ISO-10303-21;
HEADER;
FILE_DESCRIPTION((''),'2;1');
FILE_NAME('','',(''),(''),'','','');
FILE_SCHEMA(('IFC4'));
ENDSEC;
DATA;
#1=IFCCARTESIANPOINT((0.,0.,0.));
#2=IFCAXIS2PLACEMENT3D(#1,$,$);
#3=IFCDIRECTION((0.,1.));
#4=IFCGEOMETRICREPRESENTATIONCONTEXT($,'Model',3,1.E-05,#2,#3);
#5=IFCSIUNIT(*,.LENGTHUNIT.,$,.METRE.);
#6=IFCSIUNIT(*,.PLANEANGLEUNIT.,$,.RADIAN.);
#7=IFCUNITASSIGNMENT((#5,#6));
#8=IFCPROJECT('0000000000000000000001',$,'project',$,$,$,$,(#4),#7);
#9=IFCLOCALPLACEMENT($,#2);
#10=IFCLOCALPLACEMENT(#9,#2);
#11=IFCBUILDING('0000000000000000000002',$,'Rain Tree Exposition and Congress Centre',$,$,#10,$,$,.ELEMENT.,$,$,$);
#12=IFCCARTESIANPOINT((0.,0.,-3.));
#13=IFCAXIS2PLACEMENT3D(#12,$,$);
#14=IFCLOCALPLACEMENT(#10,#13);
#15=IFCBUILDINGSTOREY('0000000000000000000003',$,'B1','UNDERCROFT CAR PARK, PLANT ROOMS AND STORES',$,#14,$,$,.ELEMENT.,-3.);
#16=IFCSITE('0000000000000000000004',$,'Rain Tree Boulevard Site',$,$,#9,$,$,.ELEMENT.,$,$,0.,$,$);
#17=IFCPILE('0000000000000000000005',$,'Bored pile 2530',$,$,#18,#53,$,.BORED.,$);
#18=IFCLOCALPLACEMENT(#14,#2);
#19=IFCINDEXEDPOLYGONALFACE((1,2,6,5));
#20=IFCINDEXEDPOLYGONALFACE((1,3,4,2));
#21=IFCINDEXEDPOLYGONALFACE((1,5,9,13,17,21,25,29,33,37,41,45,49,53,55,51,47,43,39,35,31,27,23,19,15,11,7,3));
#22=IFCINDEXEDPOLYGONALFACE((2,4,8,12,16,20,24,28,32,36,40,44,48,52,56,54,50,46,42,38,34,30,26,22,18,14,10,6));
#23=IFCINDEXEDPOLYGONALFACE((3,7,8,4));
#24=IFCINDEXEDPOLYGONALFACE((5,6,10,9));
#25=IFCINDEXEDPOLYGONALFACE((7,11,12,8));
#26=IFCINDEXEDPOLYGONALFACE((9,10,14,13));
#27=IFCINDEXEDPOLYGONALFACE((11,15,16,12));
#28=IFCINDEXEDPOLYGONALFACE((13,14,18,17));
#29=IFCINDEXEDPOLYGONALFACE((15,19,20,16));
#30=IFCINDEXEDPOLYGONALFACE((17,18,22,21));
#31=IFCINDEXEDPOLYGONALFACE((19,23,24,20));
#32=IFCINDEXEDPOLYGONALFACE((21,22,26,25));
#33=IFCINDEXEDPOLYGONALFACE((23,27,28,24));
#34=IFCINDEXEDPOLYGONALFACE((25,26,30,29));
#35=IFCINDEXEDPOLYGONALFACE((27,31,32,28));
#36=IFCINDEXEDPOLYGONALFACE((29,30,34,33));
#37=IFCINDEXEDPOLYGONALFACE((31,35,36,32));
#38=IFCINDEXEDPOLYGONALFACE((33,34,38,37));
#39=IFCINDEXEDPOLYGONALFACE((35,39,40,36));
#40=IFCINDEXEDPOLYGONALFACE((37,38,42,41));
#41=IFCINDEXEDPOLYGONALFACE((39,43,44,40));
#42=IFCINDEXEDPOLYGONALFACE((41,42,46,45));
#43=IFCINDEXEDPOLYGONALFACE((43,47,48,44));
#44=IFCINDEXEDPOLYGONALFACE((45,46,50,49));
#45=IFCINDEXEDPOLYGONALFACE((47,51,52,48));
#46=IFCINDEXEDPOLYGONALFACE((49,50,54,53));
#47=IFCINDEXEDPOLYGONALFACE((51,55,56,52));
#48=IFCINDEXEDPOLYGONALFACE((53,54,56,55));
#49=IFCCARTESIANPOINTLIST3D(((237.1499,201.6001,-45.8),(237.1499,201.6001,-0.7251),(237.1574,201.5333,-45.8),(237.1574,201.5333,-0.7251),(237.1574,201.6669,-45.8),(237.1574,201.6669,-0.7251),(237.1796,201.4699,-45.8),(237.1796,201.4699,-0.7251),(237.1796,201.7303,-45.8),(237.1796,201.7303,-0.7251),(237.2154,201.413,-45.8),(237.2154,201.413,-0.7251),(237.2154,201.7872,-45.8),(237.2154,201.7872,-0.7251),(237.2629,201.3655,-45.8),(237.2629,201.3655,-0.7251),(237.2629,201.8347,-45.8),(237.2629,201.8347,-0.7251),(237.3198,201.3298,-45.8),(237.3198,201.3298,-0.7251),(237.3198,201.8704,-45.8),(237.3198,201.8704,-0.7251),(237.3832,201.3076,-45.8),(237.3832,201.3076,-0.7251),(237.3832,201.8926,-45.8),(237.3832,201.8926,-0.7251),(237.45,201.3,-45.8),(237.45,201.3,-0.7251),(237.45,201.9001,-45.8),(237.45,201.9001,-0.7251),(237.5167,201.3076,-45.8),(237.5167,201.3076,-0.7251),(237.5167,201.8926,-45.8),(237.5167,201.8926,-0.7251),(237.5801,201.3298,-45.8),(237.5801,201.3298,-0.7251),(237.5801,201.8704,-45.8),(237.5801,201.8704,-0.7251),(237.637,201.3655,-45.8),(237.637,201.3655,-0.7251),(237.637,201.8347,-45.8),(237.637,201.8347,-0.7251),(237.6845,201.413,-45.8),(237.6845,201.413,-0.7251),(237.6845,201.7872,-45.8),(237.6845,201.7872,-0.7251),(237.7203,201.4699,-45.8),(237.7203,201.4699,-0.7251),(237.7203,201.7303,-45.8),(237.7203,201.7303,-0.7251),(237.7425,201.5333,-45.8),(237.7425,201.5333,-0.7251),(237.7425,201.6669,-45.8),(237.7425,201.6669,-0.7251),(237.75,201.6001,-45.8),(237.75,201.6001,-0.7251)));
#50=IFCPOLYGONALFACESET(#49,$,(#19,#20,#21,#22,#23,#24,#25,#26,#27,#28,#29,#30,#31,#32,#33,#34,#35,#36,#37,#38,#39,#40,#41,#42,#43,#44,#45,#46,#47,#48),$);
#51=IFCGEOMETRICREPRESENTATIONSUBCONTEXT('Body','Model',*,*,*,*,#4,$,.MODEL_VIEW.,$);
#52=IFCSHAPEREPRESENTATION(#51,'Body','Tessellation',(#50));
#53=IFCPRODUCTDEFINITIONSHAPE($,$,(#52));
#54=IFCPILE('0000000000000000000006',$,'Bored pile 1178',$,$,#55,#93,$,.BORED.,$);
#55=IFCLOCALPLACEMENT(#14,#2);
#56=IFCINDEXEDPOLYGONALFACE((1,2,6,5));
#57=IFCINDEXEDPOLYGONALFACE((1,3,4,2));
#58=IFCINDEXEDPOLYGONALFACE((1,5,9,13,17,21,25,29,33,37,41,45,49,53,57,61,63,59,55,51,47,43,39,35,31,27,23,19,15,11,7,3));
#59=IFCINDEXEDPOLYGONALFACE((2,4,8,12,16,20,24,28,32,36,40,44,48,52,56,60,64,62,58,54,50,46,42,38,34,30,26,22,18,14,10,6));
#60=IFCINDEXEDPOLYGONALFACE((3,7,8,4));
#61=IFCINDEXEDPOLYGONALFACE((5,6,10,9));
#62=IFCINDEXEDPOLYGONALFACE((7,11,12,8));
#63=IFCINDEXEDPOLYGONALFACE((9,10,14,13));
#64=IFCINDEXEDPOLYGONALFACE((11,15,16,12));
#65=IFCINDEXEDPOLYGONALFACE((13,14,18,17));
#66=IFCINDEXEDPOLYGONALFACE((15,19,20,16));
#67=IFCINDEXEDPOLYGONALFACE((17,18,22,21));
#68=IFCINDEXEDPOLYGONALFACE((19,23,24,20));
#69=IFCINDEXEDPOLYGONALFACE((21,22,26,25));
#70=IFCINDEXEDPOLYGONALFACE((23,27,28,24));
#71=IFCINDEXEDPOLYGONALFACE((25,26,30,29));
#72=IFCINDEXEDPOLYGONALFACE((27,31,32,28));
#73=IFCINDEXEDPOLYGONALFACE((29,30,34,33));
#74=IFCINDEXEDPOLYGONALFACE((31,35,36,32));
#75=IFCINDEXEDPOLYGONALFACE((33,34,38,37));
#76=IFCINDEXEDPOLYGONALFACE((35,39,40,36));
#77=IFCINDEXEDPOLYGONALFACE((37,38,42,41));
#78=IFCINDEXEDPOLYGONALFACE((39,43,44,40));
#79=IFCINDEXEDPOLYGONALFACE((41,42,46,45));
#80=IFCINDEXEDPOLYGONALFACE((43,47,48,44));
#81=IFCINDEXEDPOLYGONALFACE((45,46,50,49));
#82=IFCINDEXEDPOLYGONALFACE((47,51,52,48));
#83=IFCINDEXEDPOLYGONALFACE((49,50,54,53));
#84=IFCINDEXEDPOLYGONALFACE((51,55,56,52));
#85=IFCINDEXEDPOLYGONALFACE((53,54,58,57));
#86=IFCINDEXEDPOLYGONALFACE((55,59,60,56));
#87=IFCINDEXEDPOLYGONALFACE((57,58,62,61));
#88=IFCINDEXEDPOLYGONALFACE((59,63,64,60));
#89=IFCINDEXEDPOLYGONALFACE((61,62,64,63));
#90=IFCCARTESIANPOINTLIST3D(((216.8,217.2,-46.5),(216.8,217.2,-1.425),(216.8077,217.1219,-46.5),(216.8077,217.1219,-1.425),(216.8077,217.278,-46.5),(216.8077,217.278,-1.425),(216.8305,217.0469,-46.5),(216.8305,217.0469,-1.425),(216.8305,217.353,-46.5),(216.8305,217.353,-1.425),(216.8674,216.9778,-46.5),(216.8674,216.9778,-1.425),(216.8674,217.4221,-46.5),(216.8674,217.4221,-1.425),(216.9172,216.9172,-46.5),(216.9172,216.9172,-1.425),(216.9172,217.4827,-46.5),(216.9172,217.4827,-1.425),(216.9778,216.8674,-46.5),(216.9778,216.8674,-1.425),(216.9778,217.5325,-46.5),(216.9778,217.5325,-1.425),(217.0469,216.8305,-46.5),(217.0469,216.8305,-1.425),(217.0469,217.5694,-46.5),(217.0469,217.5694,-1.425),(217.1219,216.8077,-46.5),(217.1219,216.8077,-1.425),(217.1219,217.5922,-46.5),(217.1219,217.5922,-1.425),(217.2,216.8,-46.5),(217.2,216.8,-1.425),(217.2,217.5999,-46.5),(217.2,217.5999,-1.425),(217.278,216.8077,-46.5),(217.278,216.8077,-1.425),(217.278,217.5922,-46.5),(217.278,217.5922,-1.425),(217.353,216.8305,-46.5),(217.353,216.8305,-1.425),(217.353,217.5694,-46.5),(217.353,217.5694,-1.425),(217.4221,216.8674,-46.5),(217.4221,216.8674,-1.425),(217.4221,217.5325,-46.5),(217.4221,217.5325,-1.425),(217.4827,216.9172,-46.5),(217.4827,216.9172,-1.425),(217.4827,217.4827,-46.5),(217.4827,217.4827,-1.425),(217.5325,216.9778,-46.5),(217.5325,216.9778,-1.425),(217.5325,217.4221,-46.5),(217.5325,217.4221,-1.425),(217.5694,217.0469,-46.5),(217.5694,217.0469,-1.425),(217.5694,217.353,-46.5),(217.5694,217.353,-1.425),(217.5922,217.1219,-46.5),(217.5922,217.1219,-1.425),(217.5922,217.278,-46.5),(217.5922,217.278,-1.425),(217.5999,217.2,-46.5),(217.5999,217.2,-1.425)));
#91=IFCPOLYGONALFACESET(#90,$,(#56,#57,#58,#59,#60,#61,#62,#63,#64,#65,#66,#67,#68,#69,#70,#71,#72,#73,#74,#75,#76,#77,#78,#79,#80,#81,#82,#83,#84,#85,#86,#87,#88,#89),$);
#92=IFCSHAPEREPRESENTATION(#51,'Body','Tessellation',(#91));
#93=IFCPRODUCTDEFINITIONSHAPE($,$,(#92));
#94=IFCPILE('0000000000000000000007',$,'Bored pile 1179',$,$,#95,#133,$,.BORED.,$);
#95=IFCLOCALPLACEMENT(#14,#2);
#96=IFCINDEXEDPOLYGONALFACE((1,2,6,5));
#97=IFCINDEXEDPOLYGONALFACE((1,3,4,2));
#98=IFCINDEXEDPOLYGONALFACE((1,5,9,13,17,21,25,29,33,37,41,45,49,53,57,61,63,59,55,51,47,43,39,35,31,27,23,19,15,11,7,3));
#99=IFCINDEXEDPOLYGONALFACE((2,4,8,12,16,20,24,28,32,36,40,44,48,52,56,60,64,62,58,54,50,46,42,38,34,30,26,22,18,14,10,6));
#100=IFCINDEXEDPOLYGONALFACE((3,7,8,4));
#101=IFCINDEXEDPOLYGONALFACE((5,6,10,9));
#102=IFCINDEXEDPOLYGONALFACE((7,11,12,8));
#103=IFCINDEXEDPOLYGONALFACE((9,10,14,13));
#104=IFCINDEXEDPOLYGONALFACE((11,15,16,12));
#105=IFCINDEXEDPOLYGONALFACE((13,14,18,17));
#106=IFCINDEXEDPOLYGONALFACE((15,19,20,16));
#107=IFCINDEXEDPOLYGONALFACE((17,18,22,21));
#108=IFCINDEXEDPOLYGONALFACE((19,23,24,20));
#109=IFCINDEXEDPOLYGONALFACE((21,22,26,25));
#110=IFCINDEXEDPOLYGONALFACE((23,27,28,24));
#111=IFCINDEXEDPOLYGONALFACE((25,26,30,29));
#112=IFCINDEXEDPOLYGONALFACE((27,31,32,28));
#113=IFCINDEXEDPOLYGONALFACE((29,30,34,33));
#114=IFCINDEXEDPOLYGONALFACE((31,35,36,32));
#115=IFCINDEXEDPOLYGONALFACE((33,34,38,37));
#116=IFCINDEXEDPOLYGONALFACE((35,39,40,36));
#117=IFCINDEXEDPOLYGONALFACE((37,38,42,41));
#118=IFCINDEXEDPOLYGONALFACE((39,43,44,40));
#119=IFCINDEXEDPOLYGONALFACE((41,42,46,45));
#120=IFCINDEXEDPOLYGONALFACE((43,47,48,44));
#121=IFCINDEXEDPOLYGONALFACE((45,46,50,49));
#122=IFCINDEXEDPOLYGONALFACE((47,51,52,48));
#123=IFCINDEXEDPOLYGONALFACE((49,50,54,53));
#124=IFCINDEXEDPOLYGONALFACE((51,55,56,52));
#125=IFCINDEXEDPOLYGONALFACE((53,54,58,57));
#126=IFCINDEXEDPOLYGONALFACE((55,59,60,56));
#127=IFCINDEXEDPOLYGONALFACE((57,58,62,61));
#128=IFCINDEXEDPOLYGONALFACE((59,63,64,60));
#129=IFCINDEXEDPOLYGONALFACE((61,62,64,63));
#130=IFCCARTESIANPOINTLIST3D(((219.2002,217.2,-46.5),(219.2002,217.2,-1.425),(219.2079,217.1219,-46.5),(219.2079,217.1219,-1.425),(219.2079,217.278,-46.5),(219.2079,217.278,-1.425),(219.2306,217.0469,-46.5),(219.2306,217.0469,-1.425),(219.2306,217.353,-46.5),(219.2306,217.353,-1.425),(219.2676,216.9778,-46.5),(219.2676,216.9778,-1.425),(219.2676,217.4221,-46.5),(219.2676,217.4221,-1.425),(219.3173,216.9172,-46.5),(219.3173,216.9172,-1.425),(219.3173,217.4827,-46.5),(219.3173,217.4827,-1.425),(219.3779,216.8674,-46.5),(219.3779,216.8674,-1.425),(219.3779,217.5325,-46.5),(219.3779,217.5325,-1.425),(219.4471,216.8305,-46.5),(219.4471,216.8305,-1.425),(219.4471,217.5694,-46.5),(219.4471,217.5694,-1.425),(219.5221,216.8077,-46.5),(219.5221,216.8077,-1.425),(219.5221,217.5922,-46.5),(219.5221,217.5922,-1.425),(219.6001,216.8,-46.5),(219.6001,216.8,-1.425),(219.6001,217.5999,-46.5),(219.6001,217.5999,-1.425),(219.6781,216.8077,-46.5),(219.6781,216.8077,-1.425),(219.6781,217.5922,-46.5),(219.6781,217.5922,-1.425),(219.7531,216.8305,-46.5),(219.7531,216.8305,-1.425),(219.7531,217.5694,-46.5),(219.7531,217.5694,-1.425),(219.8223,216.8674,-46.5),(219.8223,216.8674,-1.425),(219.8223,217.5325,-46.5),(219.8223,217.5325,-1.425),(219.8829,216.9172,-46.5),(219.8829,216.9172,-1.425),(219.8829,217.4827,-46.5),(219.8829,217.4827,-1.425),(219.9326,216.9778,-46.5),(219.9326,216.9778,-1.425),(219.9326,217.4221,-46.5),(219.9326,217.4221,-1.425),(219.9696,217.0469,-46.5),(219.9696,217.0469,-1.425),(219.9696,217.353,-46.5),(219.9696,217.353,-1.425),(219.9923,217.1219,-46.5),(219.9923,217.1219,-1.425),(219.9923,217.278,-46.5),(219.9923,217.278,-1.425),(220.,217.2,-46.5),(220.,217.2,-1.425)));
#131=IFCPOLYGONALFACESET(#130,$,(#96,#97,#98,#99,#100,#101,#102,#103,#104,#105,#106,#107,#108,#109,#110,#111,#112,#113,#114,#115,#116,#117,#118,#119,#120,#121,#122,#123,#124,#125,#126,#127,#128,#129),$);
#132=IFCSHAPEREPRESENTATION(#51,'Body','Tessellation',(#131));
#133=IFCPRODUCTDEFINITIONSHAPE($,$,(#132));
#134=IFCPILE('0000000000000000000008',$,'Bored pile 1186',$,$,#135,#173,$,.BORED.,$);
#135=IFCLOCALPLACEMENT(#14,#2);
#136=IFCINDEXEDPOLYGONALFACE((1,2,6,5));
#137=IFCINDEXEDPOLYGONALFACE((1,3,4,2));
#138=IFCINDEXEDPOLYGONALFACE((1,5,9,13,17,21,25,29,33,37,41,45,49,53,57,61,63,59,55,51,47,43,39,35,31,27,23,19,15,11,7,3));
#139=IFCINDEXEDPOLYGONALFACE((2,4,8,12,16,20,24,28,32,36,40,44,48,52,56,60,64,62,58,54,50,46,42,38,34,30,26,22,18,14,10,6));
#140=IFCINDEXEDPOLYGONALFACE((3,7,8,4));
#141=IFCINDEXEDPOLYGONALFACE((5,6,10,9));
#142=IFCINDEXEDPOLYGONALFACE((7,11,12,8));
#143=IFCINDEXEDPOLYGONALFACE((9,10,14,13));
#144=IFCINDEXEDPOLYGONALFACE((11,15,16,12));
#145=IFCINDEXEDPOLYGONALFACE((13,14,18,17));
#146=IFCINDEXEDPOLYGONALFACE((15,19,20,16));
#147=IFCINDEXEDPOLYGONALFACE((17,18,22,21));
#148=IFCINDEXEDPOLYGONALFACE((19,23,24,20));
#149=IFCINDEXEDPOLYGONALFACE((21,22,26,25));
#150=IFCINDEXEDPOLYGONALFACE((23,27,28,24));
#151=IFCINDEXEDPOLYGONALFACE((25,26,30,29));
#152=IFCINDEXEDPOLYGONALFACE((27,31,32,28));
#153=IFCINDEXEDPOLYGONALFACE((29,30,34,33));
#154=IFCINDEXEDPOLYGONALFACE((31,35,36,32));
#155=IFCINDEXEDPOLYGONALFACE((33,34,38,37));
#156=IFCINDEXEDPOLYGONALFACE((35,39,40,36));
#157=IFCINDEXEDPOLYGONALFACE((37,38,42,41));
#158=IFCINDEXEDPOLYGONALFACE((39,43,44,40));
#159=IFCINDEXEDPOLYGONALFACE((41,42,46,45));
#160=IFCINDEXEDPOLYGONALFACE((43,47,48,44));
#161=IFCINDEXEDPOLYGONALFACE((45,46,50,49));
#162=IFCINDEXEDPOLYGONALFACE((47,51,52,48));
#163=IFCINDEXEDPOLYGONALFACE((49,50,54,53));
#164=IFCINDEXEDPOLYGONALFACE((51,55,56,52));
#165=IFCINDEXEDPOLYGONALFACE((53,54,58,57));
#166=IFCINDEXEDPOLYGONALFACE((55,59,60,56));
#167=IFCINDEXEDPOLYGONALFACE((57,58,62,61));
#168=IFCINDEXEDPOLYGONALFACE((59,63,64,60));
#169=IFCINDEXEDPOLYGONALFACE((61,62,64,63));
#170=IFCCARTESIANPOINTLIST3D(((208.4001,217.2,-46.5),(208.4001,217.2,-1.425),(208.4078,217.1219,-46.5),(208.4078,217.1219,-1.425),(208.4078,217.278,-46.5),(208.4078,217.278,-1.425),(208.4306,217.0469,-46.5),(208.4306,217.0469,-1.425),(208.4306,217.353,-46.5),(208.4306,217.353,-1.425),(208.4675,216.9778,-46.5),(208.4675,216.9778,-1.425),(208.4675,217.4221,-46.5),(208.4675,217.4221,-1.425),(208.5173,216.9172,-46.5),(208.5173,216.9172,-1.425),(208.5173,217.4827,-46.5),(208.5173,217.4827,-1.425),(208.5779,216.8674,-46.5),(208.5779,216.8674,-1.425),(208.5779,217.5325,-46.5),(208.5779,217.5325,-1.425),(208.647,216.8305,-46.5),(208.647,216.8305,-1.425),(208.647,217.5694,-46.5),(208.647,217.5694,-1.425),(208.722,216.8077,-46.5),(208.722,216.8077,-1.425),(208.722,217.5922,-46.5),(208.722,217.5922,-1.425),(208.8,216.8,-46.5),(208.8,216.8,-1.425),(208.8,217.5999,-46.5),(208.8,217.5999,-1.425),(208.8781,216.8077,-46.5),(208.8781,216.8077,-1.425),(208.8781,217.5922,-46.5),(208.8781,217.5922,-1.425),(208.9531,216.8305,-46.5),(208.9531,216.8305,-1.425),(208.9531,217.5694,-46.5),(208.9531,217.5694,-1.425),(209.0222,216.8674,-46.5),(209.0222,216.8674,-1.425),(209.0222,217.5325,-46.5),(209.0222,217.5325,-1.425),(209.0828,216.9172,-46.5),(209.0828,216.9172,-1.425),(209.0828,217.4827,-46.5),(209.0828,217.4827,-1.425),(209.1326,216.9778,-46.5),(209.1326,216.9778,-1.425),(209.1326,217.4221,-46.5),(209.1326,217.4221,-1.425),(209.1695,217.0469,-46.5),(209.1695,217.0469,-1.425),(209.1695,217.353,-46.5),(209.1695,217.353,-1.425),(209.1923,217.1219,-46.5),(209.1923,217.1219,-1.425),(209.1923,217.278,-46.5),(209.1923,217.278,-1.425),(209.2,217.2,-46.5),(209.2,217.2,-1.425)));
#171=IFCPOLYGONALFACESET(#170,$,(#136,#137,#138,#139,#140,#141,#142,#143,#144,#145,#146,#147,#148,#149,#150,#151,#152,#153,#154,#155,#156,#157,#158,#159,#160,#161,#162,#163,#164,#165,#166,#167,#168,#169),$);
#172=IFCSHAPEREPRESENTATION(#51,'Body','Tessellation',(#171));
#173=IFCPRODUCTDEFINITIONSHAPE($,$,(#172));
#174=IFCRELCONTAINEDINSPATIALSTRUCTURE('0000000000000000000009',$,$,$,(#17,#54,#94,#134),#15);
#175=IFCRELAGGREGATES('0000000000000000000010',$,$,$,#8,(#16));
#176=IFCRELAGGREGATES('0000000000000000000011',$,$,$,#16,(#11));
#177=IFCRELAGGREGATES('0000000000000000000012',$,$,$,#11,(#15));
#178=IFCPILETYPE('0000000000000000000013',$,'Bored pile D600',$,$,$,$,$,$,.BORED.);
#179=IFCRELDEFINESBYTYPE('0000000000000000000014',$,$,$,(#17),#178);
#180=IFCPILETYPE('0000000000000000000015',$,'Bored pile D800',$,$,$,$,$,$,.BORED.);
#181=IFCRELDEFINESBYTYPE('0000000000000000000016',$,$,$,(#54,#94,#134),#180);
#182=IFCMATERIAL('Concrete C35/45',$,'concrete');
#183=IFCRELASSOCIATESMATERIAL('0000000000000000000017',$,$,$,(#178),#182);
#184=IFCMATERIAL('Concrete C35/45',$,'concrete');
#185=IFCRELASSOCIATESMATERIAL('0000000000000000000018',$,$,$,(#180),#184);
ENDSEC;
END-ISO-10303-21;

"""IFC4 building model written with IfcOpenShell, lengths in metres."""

from ifc_helpers import new_model, si_unit, direction, frame, origin, origin_2d, place, context, subcontext, project, spatial, circle, extrude, material, material_profile, profile_set, type_object, element, save


model = new_model("IFC4")

# Units and contexts
model_context = context("Model", 3, precision=1e-05, world=origin(), true_north=direction((0.0, 1.0)))
body_context = subcontext(model_context, "Body", "Model", "MODEL_VIEW")
ifc_project = project(units=[si_unit("LENGTHUNIT", "METRE"), si_unit("PLANEANGLEUNIT", "RADIAN")], contexts=[model_context])

# Site, building, storey
site_placement = place(None, origin())
site = spatial("IfcSite", under=ifc_project, at=site_placement, Name="Rain Tree Boulevard Site", CompositionType="ELEMENT", RefElevation=0.0)
building_placement = place(site_placement, origin())
building = spatial("IfcBuilding", under=site, at=building_placement, Name="Rain Tree Exposition and Congress Centre", CompositionType="ELEMENT")
storey_placement = place(building_placement, frame((0.0, 0.0, -3.0)))
storey = spatial("IfcBuildingStorey", under=building, at=storey_placement, Name="B1", Description="UNDERCROFT CAR PARK, PLANT ROOMS AND STORES", CompositionType="ELEMENT", Elevation=-3.0)

# Piles
ifc_material_1 = material(Name="Concrete C35/45", Category="concrete")
ifc_material_profile_1 = material_profile(ifc_material_1, circle(Radius=0.3, at=origin_2d()), Name="D600")
ifc_profile_set_1 = profile_set([ifc_material_profile_1], Name="Concrete C35/45")
pile_type_1 = type_object("IfcPileType", Name="Bored pile D600", PredefinedType="BORED", material=ifc_profile_set_1)
for number, where, z_axis, x_axis, name in (
    (1, (237.45, 201.6001, -0.7251), (0.0, 0.0, -1.0), (1.0, 0.0, 0.0), "Bored pile 2530"),
):
    element("IfcPile", number, at=place(storey_placement, frame(where, z_axis=z_axis, x_axis=x_axis)), inside=storey, type_object=pile_type_1, Name=name, PredefinedType="BORED", context=body_context, shape_type="SweptSolid", body=[
        extrude(circle(Radius=0.3, at=origin_2d()), origin(), (0.0, 0.0, 1.0), 45.075),
    ])
ifc_material_2 = material(Name="Concrete C35/45", Category="concrete")
ifc_material_profile_2 = material_profile(ifc_material_2, circle(Radius=0.3999, at=origin_2d()), Name="D800")
ifc_profile_set_2 = profile_set([ifc_material_profile_2], Name="Concrete C35/45")
pile_type_2 = type_object("IfcPileType", Name="Bored pile D800", PredefinedType="BORED", material=ifc_profile_set_2)
for number, where, z_axis, x_axis, name in (
    (2, (217.2, 217.2, -1.425), (0.0, 0.0, -1.0), (1.0, 0.0, 0.0), "Bored pile 1178"),
    (3, (219.6001, 217.2, -1.425), (0.0, 0.0, -1.0), (1.0, 0.0, 0.0), "Bored pile 1179"),
    (4, (208.8, 217.2, -1.425), (0.0, 0.0, -1.0), (1.0, 0.0, 0.0), "Bored pile 1186"),
):
    element("IfcPile", number, at=place(storey_placement, frame(where, z_axis=z_axis, x_axis=x_axis)), inside=storey, type_object=pile_type_2, Name=name, PredefinedType="BORED", context=body_context, shape_type="SweptSolid", body=[
        extrude(circle(Radius=0.3999, at=origin_2d()), origin(), (0.0, 0.0, 1.0), 45.075),
    ])

save(model, "model.ifc")
